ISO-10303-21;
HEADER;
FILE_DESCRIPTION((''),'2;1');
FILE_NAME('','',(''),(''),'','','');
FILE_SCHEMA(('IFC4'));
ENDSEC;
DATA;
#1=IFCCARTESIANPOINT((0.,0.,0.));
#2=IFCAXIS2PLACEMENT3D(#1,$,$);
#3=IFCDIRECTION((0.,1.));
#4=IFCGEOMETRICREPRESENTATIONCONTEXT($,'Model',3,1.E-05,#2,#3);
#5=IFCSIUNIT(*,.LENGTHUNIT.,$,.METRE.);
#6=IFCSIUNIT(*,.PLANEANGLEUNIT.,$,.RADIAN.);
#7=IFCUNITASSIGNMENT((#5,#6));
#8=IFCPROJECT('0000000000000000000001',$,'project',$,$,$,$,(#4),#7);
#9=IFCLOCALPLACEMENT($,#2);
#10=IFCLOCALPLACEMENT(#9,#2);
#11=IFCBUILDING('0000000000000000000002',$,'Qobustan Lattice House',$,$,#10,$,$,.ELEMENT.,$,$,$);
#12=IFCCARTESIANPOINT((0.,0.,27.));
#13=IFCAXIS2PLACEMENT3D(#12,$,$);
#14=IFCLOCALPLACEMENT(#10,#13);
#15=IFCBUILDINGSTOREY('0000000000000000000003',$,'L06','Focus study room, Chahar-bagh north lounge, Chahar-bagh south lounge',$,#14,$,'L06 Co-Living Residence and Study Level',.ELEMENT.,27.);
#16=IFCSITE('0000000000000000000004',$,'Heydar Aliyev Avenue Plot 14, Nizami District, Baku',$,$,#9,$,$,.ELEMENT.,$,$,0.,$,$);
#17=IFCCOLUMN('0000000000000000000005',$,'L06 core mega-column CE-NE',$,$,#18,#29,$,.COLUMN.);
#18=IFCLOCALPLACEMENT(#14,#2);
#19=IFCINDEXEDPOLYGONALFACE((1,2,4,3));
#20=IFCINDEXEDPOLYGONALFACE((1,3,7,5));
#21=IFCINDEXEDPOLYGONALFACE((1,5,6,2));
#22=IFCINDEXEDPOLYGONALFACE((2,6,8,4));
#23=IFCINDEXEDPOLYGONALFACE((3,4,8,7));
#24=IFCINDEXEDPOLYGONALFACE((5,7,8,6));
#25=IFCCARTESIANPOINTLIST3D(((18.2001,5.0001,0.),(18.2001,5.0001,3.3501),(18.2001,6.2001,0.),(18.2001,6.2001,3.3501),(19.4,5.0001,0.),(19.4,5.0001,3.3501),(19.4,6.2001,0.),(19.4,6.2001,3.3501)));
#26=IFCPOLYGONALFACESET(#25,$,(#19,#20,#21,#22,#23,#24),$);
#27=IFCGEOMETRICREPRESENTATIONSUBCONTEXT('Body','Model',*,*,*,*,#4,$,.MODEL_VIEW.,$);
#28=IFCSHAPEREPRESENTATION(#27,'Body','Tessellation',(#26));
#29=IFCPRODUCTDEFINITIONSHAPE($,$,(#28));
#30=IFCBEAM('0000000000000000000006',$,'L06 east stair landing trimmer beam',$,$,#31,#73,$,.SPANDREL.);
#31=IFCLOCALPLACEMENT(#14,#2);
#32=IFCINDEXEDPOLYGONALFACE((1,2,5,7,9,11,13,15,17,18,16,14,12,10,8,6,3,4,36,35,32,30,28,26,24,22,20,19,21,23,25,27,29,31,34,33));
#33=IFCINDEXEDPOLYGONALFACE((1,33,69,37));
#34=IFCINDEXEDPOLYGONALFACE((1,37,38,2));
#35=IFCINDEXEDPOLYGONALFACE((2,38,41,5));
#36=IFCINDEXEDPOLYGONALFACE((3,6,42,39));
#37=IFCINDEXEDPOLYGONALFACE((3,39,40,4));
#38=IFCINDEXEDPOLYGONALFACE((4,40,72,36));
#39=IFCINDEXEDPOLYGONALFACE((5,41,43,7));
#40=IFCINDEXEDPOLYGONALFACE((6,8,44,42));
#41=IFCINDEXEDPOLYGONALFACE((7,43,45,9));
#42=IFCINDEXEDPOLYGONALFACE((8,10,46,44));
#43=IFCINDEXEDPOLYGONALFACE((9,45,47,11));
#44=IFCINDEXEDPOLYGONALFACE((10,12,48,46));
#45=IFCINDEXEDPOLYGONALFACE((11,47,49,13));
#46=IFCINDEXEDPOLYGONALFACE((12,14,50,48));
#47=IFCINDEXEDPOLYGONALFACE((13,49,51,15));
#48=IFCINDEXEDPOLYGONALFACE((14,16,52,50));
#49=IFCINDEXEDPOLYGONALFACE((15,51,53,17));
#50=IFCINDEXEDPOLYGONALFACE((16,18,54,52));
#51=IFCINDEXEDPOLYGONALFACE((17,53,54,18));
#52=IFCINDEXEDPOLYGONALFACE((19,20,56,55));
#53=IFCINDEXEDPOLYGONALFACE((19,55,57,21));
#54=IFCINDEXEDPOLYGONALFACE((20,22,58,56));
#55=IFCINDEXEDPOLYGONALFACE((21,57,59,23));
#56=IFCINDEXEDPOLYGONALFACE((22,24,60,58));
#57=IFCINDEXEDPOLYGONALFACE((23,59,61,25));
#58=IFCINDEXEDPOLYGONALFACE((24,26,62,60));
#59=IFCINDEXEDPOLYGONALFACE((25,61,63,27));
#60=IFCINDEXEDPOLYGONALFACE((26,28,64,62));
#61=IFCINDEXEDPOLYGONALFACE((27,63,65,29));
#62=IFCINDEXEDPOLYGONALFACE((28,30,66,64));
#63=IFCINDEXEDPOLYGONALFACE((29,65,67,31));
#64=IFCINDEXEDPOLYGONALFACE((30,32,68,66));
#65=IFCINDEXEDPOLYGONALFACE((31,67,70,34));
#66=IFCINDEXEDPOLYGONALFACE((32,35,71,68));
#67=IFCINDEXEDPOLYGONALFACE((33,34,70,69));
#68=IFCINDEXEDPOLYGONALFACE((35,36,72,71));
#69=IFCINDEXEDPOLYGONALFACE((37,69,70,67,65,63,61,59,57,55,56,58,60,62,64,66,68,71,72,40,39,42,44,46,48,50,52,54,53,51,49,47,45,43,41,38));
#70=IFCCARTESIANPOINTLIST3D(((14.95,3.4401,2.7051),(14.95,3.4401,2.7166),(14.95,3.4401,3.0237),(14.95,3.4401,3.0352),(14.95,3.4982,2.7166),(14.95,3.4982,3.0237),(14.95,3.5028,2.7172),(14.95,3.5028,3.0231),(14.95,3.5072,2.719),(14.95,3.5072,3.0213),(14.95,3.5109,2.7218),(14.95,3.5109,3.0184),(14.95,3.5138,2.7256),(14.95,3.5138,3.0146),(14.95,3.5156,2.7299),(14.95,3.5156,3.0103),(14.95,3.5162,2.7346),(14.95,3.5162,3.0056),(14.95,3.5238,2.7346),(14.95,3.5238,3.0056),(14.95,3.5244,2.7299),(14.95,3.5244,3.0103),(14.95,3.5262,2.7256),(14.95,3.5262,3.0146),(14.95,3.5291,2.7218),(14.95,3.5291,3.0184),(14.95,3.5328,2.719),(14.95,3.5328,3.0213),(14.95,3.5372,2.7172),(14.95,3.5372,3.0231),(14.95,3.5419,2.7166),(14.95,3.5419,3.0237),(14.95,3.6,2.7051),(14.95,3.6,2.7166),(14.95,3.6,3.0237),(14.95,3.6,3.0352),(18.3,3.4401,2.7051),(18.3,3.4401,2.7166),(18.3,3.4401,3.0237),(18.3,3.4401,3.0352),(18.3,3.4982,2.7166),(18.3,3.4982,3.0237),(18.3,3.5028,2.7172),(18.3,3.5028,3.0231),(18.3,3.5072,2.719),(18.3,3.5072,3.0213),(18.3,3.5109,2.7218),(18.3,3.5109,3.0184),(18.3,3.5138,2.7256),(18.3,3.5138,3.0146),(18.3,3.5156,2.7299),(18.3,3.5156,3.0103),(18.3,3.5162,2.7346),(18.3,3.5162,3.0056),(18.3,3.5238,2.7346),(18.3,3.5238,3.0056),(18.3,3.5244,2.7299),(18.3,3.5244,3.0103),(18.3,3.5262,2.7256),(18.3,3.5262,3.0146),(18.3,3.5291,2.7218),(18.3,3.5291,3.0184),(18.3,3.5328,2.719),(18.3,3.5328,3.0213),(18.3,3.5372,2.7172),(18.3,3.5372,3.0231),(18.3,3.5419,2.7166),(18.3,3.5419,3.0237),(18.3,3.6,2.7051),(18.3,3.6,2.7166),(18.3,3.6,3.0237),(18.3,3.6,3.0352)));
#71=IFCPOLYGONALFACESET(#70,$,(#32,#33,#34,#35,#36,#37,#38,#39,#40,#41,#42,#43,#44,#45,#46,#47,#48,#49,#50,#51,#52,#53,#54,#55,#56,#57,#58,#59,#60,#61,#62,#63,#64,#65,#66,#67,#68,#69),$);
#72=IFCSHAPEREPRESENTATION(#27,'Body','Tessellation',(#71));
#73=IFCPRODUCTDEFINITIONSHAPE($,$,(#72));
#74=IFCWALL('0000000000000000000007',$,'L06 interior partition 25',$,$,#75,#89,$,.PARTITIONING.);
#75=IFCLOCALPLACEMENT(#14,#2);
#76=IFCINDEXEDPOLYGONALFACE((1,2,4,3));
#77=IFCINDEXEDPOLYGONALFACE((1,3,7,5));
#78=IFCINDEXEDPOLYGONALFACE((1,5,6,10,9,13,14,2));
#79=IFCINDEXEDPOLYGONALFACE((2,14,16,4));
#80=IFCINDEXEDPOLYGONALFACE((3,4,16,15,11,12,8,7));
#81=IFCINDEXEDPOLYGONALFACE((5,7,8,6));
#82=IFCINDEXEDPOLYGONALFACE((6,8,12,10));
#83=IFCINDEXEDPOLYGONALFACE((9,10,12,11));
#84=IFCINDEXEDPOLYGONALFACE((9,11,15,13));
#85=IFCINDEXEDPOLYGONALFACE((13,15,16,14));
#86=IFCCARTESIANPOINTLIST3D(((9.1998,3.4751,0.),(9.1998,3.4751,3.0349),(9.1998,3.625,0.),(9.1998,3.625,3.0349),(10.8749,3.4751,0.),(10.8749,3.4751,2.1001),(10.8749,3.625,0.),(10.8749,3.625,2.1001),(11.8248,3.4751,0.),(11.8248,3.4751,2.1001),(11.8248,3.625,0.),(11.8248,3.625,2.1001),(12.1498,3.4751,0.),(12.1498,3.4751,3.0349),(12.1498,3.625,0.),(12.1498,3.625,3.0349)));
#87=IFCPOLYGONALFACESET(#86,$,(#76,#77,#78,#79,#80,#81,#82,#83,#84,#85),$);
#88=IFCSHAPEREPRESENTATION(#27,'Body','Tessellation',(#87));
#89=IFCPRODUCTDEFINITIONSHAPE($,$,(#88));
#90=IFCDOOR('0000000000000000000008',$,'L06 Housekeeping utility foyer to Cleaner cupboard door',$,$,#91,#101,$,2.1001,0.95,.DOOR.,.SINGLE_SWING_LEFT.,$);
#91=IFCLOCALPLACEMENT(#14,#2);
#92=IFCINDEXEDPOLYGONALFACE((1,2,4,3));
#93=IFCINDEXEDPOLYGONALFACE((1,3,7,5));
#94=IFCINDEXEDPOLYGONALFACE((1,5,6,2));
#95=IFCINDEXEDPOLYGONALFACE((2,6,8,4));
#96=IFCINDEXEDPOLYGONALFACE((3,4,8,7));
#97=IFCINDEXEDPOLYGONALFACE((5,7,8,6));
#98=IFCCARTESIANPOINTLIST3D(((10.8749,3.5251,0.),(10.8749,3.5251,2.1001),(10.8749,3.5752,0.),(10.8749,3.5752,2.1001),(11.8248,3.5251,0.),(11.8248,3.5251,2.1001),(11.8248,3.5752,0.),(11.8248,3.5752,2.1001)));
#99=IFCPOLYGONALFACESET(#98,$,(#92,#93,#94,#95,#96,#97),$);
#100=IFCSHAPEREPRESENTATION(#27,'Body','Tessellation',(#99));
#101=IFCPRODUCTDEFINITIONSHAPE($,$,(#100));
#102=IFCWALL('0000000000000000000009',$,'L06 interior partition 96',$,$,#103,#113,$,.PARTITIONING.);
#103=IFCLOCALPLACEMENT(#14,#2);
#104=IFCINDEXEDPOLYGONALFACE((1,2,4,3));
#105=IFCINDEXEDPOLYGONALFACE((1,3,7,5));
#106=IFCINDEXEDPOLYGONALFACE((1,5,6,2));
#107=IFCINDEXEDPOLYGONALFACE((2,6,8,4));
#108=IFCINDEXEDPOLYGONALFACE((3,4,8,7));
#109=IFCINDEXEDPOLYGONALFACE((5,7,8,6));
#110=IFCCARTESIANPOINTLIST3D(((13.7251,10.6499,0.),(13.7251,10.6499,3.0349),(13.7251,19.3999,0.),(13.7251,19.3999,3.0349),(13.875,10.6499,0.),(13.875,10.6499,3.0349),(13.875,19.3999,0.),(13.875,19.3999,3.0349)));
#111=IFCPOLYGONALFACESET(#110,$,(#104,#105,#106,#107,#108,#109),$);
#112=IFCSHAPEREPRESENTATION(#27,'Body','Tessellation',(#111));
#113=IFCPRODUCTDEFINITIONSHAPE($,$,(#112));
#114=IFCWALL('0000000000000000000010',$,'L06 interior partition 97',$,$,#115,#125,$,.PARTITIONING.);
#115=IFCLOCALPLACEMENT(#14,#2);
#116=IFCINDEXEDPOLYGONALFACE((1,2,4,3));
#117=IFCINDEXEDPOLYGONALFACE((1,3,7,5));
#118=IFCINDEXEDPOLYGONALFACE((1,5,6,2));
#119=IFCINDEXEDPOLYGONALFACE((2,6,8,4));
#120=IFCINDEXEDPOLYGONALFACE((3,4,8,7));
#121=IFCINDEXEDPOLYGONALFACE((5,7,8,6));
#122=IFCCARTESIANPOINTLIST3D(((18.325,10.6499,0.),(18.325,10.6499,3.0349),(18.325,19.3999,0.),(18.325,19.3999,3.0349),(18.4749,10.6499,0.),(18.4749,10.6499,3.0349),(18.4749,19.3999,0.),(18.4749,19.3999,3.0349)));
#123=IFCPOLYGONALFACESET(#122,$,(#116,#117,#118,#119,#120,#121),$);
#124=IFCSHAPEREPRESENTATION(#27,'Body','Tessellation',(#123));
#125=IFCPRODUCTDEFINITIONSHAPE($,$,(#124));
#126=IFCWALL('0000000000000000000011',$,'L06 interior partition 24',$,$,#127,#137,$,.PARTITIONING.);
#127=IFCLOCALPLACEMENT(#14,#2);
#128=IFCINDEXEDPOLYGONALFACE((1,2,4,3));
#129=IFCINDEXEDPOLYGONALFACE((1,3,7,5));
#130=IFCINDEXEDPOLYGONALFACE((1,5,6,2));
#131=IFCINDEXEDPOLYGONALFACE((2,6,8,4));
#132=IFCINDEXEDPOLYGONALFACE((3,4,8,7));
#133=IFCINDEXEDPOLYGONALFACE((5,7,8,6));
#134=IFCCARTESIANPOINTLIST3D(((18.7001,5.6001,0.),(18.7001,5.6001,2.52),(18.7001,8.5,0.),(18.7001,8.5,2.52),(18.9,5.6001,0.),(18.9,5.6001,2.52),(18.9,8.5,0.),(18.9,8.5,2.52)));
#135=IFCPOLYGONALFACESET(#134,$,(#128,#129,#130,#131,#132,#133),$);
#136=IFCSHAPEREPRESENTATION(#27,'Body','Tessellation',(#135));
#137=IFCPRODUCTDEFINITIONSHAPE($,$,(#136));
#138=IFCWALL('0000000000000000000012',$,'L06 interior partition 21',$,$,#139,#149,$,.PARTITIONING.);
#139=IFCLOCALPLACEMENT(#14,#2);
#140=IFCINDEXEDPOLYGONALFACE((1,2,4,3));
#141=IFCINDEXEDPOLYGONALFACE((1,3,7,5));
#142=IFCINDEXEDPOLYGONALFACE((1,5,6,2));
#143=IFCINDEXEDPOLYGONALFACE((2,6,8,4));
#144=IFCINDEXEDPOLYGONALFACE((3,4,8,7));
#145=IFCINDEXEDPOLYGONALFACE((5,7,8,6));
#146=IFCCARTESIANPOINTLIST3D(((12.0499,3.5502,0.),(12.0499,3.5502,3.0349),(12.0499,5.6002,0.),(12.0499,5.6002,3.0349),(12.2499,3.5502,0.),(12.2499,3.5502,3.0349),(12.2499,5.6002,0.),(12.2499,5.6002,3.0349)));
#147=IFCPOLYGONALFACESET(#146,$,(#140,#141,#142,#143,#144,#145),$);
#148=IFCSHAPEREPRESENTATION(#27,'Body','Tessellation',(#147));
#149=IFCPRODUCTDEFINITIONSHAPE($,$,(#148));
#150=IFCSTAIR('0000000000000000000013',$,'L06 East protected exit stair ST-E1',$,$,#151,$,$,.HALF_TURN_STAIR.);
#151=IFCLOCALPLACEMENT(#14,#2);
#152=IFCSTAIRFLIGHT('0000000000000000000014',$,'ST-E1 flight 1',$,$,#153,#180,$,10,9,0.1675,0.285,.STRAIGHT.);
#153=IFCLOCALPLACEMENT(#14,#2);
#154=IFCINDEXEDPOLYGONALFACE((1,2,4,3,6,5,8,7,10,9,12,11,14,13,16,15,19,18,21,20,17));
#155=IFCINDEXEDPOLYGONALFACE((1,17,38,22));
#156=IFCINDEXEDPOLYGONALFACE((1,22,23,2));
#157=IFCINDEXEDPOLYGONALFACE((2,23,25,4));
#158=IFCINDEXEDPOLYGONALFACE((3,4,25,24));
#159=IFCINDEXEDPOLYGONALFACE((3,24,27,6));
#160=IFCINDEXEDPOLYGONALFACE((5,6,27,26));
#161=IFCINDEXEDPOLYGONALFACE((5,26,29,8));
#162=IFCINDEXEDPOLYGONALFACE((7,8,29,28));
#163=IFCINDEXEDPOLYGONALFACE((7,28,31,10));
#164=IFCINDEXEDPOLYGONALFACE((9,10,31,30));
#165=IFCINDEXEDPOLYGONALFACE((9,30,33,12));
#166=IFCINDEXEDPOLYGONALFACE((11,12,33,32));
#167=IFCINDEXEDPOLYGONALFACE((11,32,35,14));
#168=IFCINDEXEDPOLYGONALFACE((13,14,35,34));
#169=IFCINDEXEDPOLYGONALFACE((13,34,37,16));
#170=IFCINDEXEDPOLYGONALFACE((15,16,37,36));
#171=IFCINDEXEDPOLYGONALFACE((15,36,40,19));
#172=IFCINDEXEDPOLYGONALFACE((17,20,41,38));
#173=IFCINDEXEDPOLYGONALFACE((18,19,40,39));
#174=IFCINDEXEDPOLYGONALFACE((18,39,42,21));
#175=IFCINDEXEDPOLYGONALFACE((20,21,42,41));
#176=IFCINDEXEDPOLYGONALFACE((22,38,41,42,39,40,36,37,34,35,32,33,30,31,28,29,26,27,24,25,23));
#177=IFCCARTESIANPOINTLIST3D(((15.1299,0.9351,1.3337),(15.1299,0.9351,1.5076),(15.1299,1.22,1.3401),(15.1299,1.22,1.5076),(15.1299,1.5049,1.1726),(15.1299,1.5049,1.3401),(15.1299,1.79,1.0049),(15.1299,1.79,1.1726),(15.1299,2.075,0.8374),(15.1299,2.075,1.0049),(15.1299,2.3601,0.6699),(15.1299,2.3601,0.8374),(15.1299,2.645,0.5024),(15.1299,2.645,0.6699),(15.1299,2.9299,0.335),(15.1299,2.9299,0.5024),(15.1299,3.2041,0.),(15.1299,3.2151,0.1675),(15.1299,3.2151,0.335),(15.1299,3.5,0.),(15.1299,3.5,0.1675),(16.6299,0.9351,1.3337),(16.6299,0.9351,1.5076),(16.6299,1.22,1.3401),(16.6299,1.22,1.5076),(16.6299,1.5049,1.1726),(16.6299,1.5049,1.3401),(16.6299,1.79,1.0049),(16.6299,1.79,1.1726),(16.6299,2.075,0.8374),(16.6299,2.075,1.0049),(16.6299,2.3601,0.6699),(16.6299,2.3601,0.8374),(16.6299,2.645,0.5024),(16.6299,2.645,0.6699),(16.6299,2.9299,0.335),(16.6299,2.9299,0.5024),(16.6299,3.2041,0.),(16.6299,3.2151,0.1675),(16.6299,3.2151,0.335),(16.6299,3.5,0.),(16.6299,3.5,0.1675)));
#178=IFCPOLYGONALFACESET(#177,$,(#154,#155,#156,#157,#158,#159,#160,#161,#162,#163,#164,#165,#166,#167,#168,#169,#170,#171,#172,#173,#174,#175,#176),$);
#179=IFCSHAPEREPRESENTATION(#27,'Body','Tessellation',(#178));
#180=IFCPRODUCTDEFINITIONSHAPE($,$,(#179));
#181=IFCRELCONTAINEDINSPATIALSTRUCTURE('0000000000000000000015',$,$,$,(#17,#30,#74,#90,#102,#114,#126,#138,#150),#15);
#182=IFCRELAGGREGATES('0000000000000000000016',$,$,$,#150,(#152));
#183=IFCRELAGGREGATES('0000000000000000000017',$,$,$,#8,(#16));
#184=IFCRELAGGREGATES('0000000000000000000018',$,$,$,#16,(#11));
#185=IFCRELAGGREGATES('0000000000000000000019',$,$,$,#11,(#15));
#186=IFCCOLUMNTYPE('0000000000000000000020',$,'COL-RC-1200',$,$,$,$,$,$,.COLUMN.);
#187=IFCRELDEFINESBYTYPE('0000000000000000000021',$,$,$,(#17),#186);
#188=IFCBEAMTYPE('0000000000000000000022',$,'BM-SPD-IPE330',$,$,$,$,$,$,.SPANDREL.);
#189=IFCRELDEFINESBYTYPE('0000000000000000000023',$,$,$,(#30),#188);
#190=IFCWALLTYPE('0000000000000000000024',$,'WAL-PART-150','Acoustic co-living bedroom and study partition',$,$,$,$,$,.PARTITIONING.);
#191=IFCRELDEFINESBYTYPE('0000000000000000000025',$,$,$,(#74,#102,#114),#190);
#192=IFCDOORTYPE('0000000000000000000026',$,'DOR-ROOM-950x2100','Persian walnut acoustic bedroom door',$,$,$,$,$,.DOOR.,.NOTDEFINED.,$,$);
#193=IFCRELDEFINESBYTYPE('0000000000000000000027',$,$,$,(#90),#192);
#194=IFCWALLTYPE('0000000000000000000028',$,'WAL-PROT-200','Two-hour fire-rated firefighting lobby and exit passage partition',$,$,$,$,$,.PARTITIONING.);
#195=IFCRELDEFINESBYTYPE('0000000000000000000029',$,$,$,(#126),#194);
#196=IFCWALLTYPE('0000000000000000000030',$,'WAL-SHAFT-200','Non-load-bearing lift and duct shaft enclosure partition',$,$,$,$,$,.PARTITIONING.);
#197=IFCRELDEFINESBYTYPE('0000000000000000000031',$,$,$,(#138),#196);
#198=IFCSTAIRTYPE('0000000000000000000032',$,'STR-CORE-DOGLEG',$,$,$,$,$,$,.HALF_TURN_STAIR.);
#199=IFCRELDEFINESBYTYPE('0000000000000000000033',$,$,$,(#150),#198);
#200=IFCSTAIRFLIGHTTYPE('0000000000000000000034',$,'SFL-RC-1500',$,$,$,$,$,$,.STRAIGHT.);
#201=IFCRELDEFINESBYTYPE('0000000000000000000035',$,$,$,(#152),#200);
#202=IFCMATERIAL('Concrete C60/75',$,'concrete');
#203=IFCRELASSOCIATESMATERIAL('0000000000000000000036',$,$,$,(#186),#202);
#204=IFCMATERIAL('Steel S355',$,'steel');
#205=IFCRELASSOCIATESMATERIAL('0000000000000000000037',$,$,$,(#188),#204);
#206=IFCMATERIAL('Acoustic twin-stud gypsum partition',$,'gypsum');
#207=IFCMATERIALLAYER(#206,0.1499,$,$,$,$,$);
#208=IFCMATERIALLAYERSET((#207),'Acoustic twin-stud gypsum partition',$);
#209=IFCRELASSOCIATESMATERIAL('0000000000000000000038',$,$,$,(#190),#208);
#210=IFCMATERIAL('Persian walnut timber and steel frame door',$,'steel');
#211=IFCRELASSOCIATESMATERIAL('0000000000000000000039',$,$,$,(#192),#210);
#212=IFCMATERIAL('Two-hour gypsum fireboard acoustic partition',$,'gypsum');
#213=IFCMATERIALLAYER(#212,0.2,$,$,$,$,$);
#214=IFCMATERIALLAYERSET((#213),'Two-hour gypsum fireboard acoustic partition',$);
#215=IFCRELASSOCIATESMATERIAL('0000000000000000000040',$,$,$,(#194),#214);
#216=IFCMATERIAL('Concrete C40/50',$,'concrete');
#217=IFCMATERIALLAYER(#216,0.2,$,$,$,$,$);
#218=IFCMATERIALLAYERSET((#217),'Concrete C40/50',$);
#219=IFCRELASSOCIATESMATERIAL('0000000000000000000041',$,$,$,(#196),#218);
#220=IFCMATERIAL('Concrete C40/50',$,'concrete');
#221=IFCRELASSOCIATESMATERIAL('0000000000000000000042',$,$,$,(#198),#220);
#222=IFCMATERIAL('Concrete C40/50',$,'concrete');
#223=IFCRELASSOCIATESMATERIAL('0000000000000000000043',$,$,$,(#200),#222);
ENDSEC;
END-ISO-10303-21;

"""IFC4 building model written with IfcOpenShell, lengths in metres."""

from ifc_helpers import new_model, si_unit, direction, frame, frame_2d, origin, origin_2d, place, context, subcontext, project, spatial, polyline, rectangle, i_section, outline, extrude, material, layer, layer_set, material_profile, profile_set, type_object, element, fill, aggregate, save


model = new_model("IFC4")

# Units and contexts
model_context = context("Model", 3, precision=1e-05, world=origin(), true_north=direction((0.0, 1.0)))
body_context = subcontext(model_context, "Body", "Model", "MODEL_VIEW")
ifc_project = project(units=[si_unit("LENGTHUNIT", "METRE"), si_unit("PLANEANGLEUNIT", "RADIAN")], contexts=[model_context])

# Site, building, storey
site_placement = place(None, origin())
site = spatial("IfcSite", under=ifc_project, at=site_placement, Name="Heydar Aliyev Avenue Plot 14, Nizami District, Baku", CompositionType="ELEMENT", RefElevation=0.0)
building_placement = place(site_placement, origin())
building = spatial("IfcBuilding", under=site, at=building_placement, Name="Qobustan Lattice House", CompositionType="ELEMENT")
storey_placement = place(building_placement, frame((0.0, 0.0, 27.0)))
storey = spatial("IfcBuildingStorey", under=building, at=storey_placement, Name="L06", Description="Focus study room, Chahar-bagh north lounge, Chahar-bagh south lounge", LongName="L06 Co-Living Residence and Study Level", CompositionType="ELEMENT", Elevation=27.0)

# Column
ifc_material_1 = material(Name="Concrete C60/75", Category="concrete")
ifc_material_profile_1 = material_profile(ifc_material_1, rectangle(XDim=1.2, YDim=1.2, at=origin_2d()), Name="RC1200x1200")
ifc_profile_set_1 = profile_set([ifc_material_profile_1], Name="Concrete C60/75")
column_type = type_object("IfcColumnType", Name="COL-RC-1200", PredefinedType="COLUMN", material=ifc_profile_set_1)
column_placement = place(storey_placement, frame((18.8, 5.6001, 0.0), z_axis=(0.0, 0.0, 1.0), x_axis=(1.0, 0.0, 0.0)))
element("IfcColumn", 1, at=column_placement, inside=storey, type_object=column_type, Name="L06 core mega-column CE-NE", PredefinedType="COLUMN", context=body_context, shape_type="SweptSolid", body=[
    extrude(rectangle(XDim=1.2, YDim=1.2, at=origin_2d()), origin(), (0.0, 0.0, 1.0), 3.3501),
])

# Beam
ifc_material_2 = material(Name="Steel S355", Category="steel")
ifc_material_profile_2 = material_profile(ifc_material_2, i_section(OverallWidth=0.1599, OverallDepth=0.3301, WebThickness=0.0076, FlangeThickness=0.0115, FilletRadius=0.0181, at=origin_2d()), Name="IPE330")
ifc_profile_set_2 = profile_set([ifc_material_profile_2], Name="Steel S355")
beam_type = type_object("IfcBeamType", Name="BM-SPD-IPE330", PredefinedType="SPANDREL", material=ifc_profile_set_2)
beam_placement = place(storey_placement, frame((14.95, 3.52, 2.8701), z_axis=(1.0, 0.0, 0.0), x_axis=(0.0, 1.0, 0.0)))
element("IfcBeam", 2, at=beam_placement, inside=storey, type_object=beam_type, Name="L06 east stair landing trimmer beam", PredefinedType="SPANDREL", context=body_context, shape_type="SweptSolid", body=[
    extrude(i_section(OverallWidth=0.1599, OverallDepth=0.3301, WebThickness=0.0076, FlangeThickness=0.0115, FilletRadius=0.0181, at=origin_2d()), origin(), (0.0, 0.0, 1.0), 3.3501),
])

# Wall, opening, door
ifc_material_3 = material(Name="Acoustic twin-stud gypsum partition", Category="gypsum")
ifc_layer_1 = layer(ifc_material_3, 0.1499)
ifc_layer_set_1 = layer_set([ifc_layer_1], Name="Acoustic twin-stud gypsum partition")
wall_type_1 = type_object("IfcWallType", Name="WAL-PART-150", Description="Acoustic co-living bedroom and study partition", PredefinedType="PARTITIONING", material=ifc_layer_set_1)
wall_1_placement = place(storey_placement, frame((12.1499, 3.55, 0.0), z_axis=(0.0, 0.0, 1.0), x_axis=(-1.0, 0.0, 0.0)))
wall_1 = element("IfcWall", 3, at=wall_1_placement, inside=storey, type_object=wall_type_1, Name="L06 interior partition 25", PredefinedType="PARTITIONING", context=body_context, shape_type="SweptSolid", body=[
    extrude(rectangle(XDim=2.95, YDim=0.1499, at=frame_2d((1.4751, 0.0))), origin(), (0.0, 0.0, 1.0), 3.0349),
])
opening_1_placement = place(wall_1_placement, frame((0.325, 0.0, 0.0)))
opening_1 = element("IfcOpeningElement", 4, at=opening_1_placement, cuts=wall_1, PredefinedType="OPENING", context=body_context, shape_type="SweptSolid", body=[
    extrude(rectangle(XDim=0.95, YDim=2.1001, at=frame_2d((0.4751, 1.05))), frame((0.0, 0.085, 0.0), z_axis=(0.0, -1.0, 0.0), x_axis=(1.0, 0.0, 0.0)), (0.0, 0.0, 1.0), 0.1699),
])
ifc_material_4 = material(Name="Persian walnut timber and steel frame door", Category="steel")
door_type_1 = type_object("IfcDoorType", Name="DOR-ROOM-950x2100", Description="Persian walnut acoustic bedroom door", OperationType="NOTDEFINED", PredefinedType="DOOR", material=ifc_material_4)
door_1_placement = place(opening_1_placement, origin())
door_1 = element("IfcDoor", 5, at=door_1_placement, inside=storey, type_object=door_type_1, Name="L06 Housekeeping utility foyer to Cleaner cupboard door", OperationType="SINGLE_SWING_LEFT", OverallHeight=2.1001, OverallWidth=0.95, PredefinedType="DOOR", context=body_context, shape_type="SweptSolid", body=[
    extrude(rectangle(XDim=0.95, YDim=2.1001, at=frame_2d((0.4751, 1.05))), frame((0.0, 0.0249, 0.0), z_axis=(0.0, -1.0, 0.0), x_axis=(1.0, 0.0, 0.0)), (0.0, 0.0, 1.0), 0.05),
])
fill(opening_1, door_1)

# Walls
for number, where, z_axis, x_axis, name in (
    (6, (13.8, 19.3999, 0.0), (0.0, 0.0, 1.0), (0.0, -1.0, 0.0), "L06 interior partition 96"),
    (7, (18.3999, 19.3999, 0.0), (0.0, 0.0, 1.0), (0.0, -1.0, 0.0), "L06 interior partition 97"),
):
    element("IfcWall", number, at=place(storey_placement, frame(where, z_axis=z_axis, x_axis=x_axis)), inside=storey, type_object=wall_type_1, Name=name, PredefinedType="PARTITIONING", context=body_context, shape_type="SweptSolid", body=[
        extrude(rectangle(XDim=8.75, YDim=0.1499, at=frame_2d((4.375, 0.0))), origin(), (0.0, 0.0, 1.0), 3.0349),
    ])
ifc_material_5 = material(Name="Two-hour gypsum fireboard acoustic partition", Category="gypsum")
ifc_layer_2 = layer(ifc_material_5, 0.2)
ifc_layer_set_2 = layer_set([ifc_layer_2], Name="Two-hour gypsum fireboard acoustic partition")
wall_type_2 = type_object("IfcWallType", Name="WAL-PROT-200", Description="Two-hour fire-rated firefighting lobby and exit passage partition", PredefinedType="PARTITIONING", material=ifc_layer_set_2)
wall_2_placement = place(storey_placement, frame((18.8, 5.6001, 0.0), z_axis=(0.0, 0.0, 1.0), x_axis=(0.0, 1.0, 0.0)))
element("IfcWall", 8, at=wall_2_placement, inside=storey, type_object=wall_type_2, Name="L06 interior partition 24", PredefinedType="PARTITIONING", context=body_context, shape_type="SweptSolid", body=[
    extrude(rectangle(XDim=2.8999, YDim=0.2, at=frame_2d((1.45, 0.0))), origin(), (0.0, 0.0, 1.0), 2.52),
])
ifc_material_6 = material(Name="Concrete C40/50", Category="concrete")
ifc_layer_3 = layer(ifc_material_6, 0.2)
ifc_layer_set_3 = layer_set([ifc_layer_3], Name="Concrete C40/50")
wall_type_3 = type_object("IfcWallType", Name="WAL-SHAFT-200", Description="Non-load-bearing lift and duct shaft enclosure partition", PredefinedType="PARTITIONING", material=ifc_layer_set_3)
wall_3_placement = place(storey_placement, frame((12.1499, 5.6001, 0.0), z_axis=(0.0, 0.0, 1.0), x_axis=(0.0, -1.0, 0.0)))
element("IfcWall", 9, at=wall_3_placement, inside=storey, type_object=wall_type_3, Name="L06 interior partition 21", PredefinedType="PARTITIONING", context=body_context, shape_type="SweptSolid", body=[
    extrude(rectangle(XDim=2.05, YDim=0.2, at=frame_2d((1.0249, 0.0))), origin(), (0.0, 0.0, 1.0), 3.0349),
])

# Stair, stair flight
ifc_material_7 = material(Name="Concrete C40/50", Category="concrete")
stair_type = type_object("IfcStairType", Name="STR-CORE-DOGLEG", PredefinedType="HALF_TURN_STAIR", material=ifc_material_7)
stair_placement = place(storey_placement, origin())
stair = element("IfcStair", 10, at=stair_placement, inside=storey, type_object=stair_type, Name="L06 East protected exit stair ST-E1", PredefinedType="HALF_TURN_STAIR")
ifc_material_8 = material(Name="Concrete C40/50", Category="concrete")
stair_flight_type = type_object("IfcStairFlightType", Name="SFL-RC-1500", PredefinedType="STRAIGHT", material=ifc_material_8)
stair_flight_1_placement = place(storey_placement, frame((15.8799, 3.5, 0.0), z_axis=(0.0, 0.0, 1.0), x_axis=(0.0, -1.0, 0.0)))
stair_flight_1 = element("IfcStairFlight", 11, at=stair_flight_1_placement, type_object=stair_flight_type, Name="ST-E1 flight 1", NumberOfRisers=10, NumberOfTreads=9, PredefinedType="STRAIGHT", RiserHeight=0.1675, TreadLength=0.285, context=body_context, shape_type="SweptSolid", body=[
    extrude(outline(polyline([(0.0, 0.0), (0.0, 0.1675), (0.2849, 0.1675), (0.2849, 0.335), (0.5701, 0.335), (0.5701, 0.5024), (0.855, 0.5024), (0.855, 0.6699), (1.1399, 0.6699), (1.1399, 0.8374), (1.425, 0.8374), (1.425, 1.0049), (1.71, 1.0049), (1.71, 1.1726), (1.9951, 1.1726), (1.9951, 1.3401), (2.28, 1.3401), (2.28, 1.5076), (2.5649, 1.5076), (2.5649, 1.675), (2.5649, 1.3337), (0.2959, 0.0), (0.0, 0.0)])), frame((0.0, 0.75, 0.0), z_axis=(0.0, -1.0, 0.0), x_axis=(1.0, 0.0, 0.0)), (0.0, 0.0, 1.0), 1.5),
])
aggregate(stair, [stair_flight_1])

save(model, "model.ifc")
